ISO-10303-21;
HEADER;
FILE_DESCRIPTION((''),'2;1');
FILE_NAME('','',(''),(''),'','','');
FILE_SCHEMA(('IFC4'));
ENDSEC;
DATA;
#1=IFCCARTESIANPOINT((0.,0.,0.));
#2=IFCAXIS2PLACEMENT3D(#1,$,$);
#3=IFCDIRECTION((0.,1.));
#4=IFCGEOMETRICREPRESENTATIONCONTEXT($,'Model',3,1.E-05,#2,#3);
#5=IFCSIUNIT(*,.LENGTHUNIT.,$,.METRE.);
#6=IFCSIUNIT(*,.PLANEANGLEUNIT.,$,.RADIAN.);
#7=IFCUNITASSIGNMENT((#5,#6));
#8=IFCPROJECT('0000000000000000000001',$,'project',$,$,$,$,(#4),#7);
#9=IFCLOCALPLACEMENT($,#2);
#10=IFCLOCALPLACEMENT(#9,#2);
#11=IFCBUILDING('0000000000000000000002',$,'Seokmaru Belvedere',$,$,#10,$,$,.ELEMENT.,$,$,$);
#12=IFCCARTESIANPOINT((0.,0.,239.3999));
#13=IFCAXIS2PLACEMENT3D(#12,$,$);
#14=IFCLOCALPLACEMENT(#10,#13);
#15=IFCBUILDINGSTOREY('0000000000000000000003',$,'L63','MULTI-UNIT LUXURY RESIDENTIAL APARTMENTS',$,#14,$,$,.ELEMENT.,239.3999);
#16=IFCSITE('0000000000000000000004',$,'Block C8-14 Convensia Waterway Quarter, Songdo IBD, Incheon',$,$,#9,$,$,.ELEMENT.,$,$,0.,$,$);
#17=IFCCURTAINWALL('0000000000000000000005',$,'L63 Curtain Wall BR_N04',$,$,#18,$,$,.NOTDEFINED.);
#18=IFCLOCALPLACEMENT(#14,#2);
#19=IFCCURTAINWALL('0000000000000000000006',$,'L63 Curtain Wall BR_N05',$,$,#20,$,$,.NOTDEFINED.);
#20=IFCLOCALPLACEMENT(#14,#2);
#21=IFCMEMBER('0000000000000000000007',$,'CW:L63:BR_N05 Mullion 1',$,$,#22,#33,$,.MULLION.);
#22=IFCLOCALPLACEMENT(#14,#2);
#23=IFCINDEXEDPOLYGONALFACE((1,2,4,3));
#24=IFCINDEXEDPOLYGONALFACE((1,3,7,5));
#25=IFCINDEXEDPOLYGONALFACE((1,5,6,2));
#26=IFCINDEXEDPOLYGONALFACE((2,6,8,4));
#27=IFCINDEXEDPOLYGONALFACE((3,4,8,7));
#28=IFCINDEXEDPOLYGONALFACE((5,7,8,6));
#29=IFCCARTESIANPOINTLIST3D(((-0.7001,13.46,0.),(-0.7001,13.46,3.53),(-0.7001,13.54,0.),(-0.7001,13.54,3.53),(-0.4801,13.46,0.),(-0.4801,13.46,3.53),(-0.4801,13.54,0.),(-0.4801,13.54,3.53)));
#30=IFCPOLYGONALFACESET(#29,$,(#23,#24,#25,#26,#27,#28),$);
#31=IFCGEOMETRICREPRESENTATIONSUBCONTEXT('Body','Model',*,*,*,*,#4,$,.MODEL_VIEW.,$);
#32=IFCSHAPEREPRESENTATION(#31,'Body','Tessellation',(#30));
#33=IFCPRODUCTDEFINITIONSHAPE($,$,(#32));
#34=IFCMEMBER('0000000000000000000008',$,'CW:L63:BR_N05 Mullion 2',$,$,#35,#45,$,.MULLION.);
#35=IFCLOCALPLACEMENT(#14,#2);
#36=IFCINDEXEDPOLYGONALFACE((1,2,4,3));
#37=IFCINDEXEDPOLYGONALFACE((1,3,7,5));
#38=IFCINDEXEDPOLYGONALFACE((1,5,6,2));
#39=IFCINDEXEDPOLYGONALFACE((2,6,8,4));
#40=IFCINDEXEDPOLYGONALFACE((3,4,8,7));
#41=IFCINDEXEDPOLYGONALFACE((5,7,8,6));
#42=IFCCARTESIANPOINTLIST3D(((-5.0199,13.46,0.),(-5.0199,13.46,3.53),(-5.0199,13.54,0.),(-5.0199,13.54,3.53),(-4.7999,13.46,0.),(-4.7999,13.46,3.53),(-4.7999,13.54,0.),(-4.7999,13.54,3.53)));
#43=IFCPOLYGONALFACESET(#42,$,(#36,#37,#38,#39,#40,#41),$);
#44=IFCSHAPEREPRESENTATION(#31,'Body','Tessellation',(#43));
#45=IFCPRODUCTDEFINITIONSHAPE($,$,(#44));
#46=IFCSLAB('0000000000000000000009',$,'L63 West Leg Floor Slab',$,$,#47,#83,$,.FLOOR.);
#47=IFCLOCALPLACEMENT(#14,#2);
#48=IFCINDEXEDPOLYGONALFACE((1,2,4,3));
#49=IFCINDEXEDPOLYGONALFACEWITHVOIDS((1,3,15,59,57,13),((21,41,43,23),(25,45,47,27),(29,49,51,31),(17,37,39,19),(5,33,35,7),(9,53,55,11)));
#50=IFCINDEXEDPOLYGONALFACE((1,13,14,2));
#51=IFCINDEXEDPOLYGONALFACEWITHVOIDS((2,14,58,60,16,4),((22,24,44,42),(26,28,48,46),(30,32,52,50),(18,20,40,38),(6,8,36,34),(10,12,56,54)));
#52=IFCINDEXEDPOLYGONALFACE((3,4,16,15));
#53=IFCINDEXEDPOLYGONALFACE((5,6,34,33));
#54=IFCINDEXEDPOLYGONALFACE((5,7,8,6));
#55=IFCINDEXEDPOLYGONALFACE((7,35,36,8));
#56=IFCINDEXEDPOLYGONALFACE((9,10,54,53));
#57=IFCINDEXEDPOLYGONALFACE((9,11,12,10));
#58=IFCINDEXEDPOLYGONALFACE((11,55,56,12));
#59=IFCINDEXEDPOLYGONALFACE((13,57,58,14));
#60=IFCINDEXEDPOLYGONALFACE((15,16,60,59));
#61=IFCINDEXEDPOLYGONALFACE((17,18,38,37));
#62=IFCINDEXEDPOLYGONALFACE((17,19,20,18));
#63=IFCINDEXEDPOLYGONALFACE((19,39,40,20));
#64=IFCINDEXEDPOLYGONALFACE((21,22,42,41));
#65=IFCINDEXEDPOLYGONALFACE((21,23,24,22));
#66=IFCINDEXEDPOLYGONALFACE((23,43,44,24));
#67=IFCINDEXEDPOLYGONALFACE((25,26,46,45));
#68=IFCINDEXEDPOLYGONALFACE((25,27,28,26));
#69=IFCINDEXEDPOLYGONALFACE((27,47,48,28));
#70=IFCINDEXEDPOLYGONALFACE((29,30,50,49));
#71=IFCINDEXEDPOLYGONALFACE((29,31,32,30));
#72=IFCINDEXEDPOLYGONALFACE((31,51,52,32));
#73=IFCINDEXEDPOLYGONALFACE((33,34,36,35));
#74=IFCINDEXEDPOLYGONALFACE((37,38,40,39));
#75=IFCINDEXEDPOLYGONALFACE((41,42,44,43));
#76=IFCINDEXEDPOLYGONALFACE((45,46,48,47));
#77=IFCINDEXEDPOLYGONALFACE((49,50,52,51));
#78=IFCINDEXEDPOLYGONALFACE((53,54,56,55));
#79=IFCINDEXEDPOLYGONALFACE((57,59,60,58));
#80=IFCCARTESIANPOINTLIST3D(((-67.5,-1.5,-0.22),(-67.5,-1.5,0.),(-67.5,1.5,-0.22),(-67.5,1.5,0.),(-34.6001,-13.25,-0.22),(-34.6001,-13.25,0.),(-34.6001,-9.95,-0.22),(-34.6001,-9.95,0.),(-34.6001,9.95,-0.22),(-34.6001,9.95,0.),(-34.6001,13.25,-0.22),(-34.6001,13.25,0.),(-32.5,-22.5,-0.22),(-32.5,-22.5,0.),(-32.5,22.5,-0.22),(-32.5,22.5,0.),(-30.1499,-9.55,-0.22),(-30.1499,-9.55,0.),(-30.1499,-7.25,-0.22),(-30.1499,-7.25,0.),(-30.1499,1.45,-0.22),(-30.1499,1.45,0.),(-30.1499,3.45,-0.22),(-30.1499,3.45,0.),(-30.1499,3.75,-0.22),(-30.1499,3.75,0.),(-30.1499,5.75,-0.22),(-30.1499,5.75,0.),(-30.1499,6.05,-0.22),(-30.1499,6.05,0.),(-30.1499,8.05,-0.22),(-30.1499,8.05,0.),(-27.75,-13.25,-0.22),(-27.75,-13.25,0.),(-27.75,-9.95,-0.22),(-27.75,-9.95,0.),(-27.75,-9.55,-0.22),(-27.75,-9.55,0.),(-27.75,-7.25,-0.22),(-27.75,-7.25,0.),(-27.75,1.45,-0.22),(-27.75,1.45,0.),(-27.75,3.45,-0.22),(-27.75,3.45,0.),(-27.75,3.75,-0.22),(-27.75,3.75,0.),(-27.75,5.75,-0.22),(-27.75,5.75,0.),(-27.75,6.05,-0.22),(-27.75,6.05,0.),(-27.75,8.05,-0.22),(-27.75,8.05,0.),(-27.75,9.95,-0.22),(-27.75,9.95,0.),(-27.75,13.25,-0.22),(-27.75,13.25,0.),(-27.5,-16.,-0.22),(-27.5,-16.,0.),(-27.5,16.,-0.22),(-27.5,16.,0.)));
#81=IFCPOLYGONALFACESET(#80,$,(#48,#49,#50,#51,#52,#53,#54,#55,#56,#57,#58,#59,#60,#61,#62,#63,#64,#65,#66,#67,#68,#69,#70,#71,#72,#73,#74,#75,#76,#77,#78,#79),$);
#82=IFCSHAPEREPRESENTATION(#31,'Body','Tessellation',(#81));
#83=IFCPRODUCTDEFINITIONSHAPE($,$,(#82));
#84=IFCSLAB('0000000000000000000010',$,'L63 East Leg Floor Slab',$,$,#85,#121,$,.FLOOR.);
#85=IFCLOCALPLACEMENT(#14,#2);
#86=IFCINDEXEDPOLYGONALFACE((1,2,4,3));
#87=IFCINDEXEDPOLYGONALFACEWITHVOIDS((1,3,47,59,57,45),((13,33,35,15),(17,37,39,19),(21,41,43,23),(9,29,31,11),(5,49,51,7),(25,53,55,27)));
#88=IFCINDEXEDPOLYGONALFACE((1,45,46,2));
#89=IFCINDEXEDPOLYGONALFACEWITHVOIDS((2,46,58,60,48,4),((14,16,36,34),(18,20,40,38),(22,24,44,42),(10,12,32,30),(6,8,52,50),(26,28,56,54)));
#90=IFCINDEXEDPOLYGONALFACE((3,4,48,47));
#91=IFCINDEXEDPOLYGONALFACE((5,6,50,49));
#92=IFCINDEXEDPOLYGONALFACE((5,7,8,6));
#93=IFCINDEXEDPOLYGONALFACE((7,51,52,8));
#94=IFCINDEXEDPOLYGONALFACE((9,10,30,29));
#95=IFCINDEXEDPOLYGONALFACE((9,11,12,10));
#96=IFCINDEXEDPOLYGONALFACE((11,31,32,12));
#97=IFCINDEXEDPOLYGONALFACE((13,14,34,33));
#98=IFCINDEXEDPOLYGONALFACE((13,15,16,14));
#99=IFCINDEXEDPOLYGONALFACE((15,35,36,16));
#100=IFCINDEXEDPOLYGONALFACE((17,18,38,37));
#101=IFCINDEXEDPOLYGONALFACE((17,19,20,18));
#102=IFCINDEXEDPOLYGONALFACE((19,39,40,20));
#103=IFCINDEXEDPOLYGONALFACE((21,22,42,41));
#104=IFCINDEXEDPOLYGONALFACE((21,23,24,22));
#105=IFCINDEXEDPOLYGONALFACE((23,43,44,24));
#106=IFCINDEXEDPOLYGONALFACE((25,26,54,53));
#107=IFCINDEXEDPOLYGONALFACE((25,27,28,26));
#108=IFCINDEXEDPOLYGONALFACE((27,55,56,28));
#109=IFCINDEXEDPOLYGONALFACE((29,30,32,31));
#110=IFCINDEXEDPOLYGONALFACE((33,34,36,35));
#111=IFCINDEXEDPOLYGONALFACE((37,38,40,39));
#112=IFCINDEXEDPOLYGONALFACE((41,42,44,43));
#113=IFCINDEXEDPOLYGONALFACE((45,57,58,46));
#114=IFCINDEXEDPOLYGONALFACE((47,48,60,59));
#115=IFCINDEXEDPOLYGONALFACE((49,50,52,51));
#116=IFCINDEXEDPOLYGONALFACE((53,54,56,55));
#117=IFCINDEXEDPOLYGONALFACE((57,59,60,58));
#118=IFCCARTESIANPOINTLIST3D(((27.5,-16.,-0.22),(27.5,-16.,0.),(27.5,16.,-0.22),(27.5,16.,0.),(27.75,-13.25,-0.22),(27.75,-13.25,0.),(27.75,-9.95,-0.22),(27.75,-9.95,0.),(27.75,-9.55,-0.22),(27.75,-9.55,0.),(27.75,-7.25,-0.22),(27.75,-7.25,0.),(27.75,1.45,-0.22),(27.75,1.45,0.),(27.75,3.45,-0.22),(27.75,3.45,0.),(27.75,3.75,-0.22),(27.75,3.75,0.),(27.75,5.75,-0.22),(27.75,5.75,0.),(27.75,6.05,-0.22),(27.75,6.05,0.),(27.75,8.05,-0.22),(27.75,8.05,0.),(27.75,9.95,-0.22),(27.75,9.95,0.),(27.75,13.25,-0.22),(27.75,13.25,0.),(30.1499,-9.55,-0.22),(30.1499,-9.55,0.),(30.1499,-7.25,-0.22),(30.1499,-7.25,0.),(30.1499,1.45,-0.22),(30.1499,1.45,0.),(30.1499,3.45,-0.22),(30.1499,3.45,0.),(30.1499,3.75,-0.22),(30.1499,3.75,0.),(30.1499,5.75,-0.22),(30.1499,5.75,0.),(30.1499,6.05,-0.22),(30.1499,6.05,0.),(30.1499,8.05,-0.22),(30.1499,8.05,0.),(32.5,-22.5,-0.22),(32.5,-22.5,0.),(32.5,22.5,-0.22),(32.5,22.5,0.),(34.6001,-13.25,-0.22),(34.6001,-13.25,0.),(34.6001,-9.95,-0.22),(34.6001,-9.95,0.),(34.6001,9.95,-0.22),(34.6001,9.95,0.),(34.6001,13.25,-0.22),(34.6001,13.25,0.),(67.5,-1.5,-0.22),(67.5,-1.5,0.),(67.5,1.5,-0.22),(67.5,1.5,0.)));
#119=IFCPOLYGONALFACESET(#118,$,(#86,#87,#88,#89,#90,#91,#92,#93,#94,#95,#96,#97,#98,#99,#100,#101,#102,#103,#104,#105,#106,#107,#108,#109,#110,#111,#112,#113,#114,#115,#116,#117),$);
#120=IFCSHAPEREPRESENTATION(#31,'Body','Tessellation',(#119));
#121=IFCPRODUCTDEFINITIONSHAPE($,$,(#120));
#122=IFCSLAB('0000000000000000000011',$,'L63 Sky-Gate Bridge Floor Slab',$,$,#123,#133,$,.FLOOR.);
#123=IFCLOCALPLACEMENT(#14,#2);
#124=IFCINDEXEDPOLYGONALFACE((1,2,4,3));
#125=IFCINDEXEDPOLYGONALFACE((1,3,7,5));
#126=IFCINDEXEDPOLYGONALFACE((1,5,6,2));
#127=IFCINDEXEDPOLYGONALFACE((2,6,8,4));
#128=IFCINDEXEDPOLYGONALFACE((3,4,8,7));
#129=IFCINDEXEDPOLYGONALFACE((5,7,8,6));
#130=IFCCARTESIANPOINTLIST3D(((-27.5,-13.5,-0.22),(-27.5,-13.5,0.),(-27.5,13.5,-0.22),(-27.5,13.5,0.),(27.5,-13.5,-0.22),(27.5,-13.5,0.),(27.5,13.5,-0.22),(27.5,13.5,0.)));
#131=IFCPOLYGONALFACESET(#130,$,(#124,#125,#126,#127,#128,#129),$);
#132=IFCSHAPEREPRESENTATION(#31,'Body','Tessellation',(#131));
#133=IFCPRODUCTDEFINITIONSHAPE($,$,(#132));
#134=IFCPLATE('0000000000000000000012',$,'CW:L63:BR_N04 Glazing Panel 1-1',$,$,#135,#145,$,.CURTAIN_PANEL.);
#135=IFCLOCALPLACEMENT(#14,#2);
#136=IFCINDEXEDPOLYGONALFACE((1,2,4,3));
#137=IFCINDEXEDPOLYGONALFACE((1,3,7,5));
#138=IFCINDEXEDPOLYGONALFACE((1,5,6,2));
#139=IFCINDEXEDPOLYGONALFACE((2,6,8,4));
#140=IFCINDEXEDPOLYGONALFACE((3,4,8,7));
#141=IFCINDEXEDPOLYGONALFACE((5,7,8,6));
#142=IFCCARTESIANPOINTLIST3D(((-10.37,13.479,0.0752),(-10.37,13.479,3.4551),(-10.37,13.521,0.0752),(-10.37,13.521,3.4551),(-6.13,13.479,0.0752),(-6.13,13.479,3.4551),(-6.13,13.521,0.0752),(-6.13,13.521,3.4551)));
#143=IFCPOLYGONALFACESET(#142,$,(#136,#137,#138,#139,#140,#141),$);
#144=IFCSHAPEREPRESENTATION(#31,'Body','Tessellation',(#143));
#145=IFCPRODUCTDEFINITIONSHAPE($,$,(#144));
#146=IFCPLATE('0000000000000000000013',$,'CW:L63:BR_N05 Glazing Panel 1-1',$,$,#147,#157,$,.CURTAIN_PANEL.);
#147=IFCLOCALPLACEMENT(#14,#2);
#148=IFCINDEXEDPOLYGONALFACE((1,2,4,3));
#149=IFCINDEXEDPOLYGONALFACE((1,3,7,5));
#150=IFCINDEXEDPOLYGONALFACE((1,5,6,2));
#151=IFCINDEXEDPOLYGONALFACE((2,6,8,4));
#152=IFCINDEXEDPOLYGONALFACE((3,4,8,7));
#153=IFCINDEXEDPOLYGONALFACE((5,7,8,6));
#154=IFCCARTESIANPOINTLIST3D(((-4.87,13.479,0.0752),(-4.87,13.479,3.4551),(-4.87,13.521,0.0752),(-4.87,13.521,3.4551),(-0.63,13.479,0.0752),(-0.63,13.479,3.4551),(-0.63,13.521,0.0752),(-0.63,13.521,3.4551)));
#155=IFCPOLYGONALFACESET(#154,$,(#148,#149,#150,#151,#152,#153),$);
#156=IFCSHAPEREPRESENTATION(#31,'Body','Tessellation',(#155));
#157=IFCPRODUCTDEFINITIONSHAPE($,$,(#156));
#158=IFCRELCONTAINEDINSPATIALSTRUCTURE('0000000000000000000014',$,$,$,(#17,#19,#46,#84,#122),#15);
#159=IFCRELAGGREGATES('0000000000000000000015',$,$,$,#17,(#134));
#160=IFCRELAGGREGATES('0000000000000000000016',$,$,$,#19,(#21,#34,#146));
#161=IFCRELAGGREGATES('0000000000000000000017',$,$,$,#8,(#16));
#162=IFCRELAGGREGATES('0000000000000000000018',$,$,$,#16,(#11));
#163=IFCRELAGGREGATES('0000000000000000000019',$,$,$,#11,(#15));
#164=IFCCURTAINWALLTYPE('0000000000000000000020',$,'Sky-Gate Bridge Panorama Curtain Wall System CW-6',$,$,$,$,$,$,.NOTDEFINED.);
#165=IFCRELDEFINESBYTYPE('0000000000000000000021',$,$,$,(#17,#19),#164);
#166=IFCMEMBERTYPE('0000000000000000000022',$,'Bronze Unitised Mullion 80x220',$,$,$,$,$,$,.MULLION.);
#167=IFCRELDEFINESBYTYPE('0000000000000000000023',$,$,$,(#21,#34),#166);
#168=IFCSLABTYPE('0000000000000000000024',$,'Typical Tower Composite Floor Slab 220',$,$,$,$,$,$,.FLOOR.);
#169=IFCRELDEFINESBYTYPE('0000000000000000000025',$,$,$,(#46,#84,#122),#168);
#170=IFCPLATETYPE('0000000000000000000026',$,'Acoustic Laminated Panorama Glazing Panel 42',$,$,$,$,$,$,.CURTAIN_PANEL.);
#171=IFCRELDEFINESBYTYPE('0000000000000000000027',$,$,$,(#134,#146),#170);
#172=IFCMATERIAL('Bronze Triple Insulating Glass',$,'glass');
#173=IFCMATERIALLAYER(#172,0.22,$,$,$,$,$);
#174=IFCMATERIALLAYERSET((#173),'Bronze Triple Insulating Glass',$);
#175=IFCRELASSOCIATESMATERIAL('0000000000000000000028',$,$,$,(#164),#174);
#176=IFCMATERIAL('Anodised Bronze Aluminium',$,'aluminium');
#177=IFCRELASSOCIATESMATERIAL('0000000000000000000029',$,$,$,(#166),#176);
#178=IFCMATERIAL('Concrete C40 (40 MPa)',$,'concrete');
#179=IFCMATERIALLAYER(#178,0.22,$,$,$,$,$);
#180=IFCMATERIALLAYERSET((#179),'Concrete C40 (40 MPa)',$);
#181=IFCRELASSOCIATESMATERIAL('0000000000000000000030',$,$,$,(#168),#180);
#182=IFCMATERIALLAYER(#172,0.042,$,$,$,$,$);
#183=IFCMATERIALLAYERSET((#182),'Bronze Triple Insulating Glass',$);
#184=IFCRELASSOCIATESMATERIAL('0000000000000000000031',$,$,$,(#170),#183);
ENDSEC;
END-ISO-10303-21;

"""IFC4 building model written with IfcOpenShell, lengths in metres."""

from ifc_helpers import new_model, si_unit, direction, frame, origin, origin_2d, place, context, subcontext, project, spatial, polyline, rectangle, outline, extrude, source, transform, mapped, material, layer, layer_set, material_profile, profile_set, type_object, type_shapes, element, aggregate, save


model = new_model("IFC4")

# Units and contexts
model_context = context("Model", 3, precision=1e-05, world=origin(), true_north=direction((0.0, 1.0)))
body_context = subcontext(model_context, "Body", "Model", "MODEL_VIEW")
ifc_project = project(units=[si_unit("LENGTHUNIT", "METRE"), si_unit("PLANEANGLEUNIT", "RADIAN")], contexts=[model_context])

# Site, building, storey
site_placement = place(None, origin())
site = spatial("IfcSite", under=ifc_project, at=site_placement, Name="Block C8-14 Convensia Waterway Quarter, Songdo IBD, Incheon", CompositionType="ELEMENT", RefElevation=0.0)
building_placement = place(site_placement, origin())
building = spatial("IfcBuilding", under=site, at=building_placement, Name="Seokmaru Belvedere", CompositionType="ELEMENT")
storey_placement = place(building_placement, frame((0.0, 0.0, 239.3999)))
storey = spatial("IfcBuildingStorey", under=building, at=storey_placement, Name="L63", Description="MULTI-UNIT LUXURY RESIDENTIAL APARTMENTS", CompositionType="ELEMENT", Elevation=239.3999)

# Curtain walls
ifc_material_1 = material(Name="Bronze Triple Insulating Glass", Category="glass")
ifc_layer_1 = layer(ifc_material_1, 0.22)
ifc_layer_set_1 = layer_set([ifc_layer_1], Name="Bronze Triple Insulating Glass")
curtain_wall_type = type_object("IfcCurtainWallType", Name="Sky-Gate Bridge Panorama Curtain Wall System CW-6", PredefinedType="NOTDEFINED", material=ifc_layer_set_1)
curtain_wall_1_placement = place(storey_placement, origin())
curtain_wall_1 = element("IfcCurtainWall", 1, at=curtain_wall_1_placement, inside=storey, type_object=curtain_wall_type, Name="L63 Curtain Wall BR_N04", PredefinedType="NOTDEFINED")
ifc_material_2 = material(Name="Anodised Bronze Aluminium", Category="aluminium")
curtain_wall_2_placement = place(storey_placement, origin())
curtain_wall_2 = element("IfcCurtainWall", 2, at=curtain_wall_2_placement, inside=storey, type_object=curtain_wall_type, Name="L63 Curtain Wall BR_N05", PredefinedType="NOTDEFINED")

# Members
ifc_material_profile_1 = material_profile(ifc_material_2, rectangle(XDim=0.0801, YDim=0.22, at=origin_2d()), Name="CW-M-80x220")
ifc_profile_set_1 = profile_set([ifc_material_profile_1], Name="Anodised Bronze Aluminium")
member_type_1 = type_object("IfcMemberType", Name="Bronze Unitised Mullion 80x220", PredefinedType="MULLION", material=ifc_profile_set_1)
shared_shape_1 = source(origin(), body_context, "Body", "SweptSolid", [
    extrude(rectangle(XDim=0.0801, YDim=0.22, at=origin_2d()), origin(), (0.0, 0.0, 1.0), 3.53),
])
type_shapes(member_type_1, [shared_shape_1])
member_1_placement = place(storey_placement, frame((-0.5901, 13.5, 0.0), z_axis=(0.0, 0.0, 1.0), x_axis=(0.0, -1.0, 0.0)))
member_1 = element("IfcMember", 3, at=member_1_placement, type_object=member_type_1, Name="CW:L63:BR_N05 Mullion 1", PredefinedType="MULLION", context=body_context, shape_type="MappedRepresentation", body=[
    mapped(shared_shape_1, transform((0.0, 0.0, 0.0), scale=1.0)),
])
member_2_placement = place(storey_placement, frame((-4.9099, 13.5, 0.0), z_axis=(0.0, 0.0, 1.0), x_axis=(0.0, -1.0, 0.0)))
member_2 = element("IfcMember", 4, at=member_2_placement, type_object=member_type_1, Name="CW:L63:BR_N05 Mullion 2", PredefinedType="MULLION", context=body_context, shape_type="MappedRepresentation", body=[
    mapped(shared_shape_1, transform((0.0, 0.0, 0.0), scale=1.0)),
])

# Slabs
ifc_material_3 = material(Name="Concrete C40 (40 MPa)", Category="concrete")
ifc_layer_2 = layer(ifc_material_3, 0.22)
ifc_layer_set_2 = layer_set([ifc_layer_2], Name="Concrete C40 (40 MPa)")
slab_type = type_object("IfcSlabType", Name="Typical Tower Composite Floor Slab 220", PredefinedType="FLOOR", material=ifc_layer_set_2)
slab_1_placement = place(storey_placement, frame((0.0, 0.0, -0.22)))
element("IfcSlab", 5, at=slab_1_placement, inside=storey, type_object=slab_type, Name="L63 West Leg Floor Slab", PredefinedType="FLOOR", context=body_context, shape_type="SweptSolid", body=[
    extrude(outline(polyline([(-27.5, -16.0), (-27.5, 16.0), (-32.5, 22.5), (-67.5, 1.5), (-67.5, -1.5), (-32.5, -22.5), (-27.5, -16.0)]), holes=[polyline([(-34.6001, -13.25), (-27.75, -13.25), (-27.75, -9.95), (-34.6001, -9.95), (-34.6001, -13.25)]), polyline([(-34.6001, 9.95), (-27.75, 9.95), (-27.75, 13.25), (-34.6001, 13.25), (-34.6001, 9.95)]), polyline([(-30.1499, -9.55), (-27.75, -9.55), (-27.75, -7.25), (-30.1499, -7.25), (-30.1499, -9.55)]), polyline([(-30.1499, 1.45), (-27.75, 1.45), (-27.75, 3.45), (-30.1499, 3.45), (-30.1499, 1.45)]), polyline([(-30.1499, 3.75), (-27.75, 3.75), (-27.75, 5.75), (-30.1499, 5.75), (-30.1499, 3.75)]), polyline([(-30.1499, 6.05), (-27.75, 6.05), (-27.75, 8.05), (-30.1499, 8.05), (-30.1499, 6.05)])]), origin(), (0.0, 0.0, 1.0), 0.22),
])
slab_2_placement = place(storey_placement, frame((0.0, 0.0, -0.22)))
element("IfcSlab", 6, at=slab_2_placement, inside=storey, type_object=slab_type, Name="L63 East Leg Floor Slab", PredefinedType="FLOOR", context=body_context, shape_type="SweptSolid", body=[
    extrude(outline(polyline([(32.5, -22.5), (67.5, -1.5), (67.5, 1.5), (32.5, 22.5), (27.5, 16.0), (27.5, -16.0), (32.5, -22.5)]), holes=[polyline([(27.75, -13.25), (34.6001, -13.25), (34.6001, -9.95), (27.75, -9.95), (27.75, -13.25)]), polyline([(27.75, 9.95), (34.6001, 9.95), (34.6001, 13.25), (27.75, 13.25), (27.75, 9.95)]), polyline([(27.75, -9.55), (30.1499, -9.55), (30.1499, -7.25), (27.75, -7.25), (27.75, -9.55)]), polyline([(27.75, 1.45), (30.1499, 1.45), (30.1499, 3.45), (27.75, 3.45), (27.75, 1.45)]), polyline([(27.75, 3.75), (30.1499, 3.75), (30.1499, 5.75), (27.75, 5.75), (27.75, 3.75)]), polyline([(27.75, 6.05), (30.1499, 6.05), (30.1499, 8.05), (27.75, 8.05), (27.75, 6.05)])]), origin(), (0.0, 0.0, 1.0), 0.22),
])
slab_3_placement = place(storey_placement, frame((0.0, 0.0, -0.22)))
element("IfcSlab", 7, at=slab_3_placement, inside=storey, type_object=slab_type, Name="L63 Sky-Gate Bridge Floor Slab", PredefinedType="FLOOR", context=body_context, shape_type="SweptSolid", body=[
    extrude(outline(polyline([(-27.5, -13.5), (27.5, -13.5), (27.5, 13.5), (-27.5, 13.5), (-27.5, -13.5)])), origin(), (0.0, 0.0, 1.0), 0.22),
])

# Plates
ifc_layer_3 = layer(ifc_material_1, 0.042)
ifc_layer_set_3 = layer_set([ifc_layer_3], Name="Bronze Triple Insulating Glass")
plate_type = type_object("IfcPlateType", Name="Acoustic Laminated Panorama Glazing Panel 42", PredefinedType="CURTAIN_PANEL", material=ifc_layer_set_3)
shared_shape_2 = source(origin(), body_context, "Body", "SweptSolid", [
    extrude(rectangle(XDim=4.24, YDim=0.042, at=origin_2d()), origin(), (0.0, 0.0, 1.0), 3.3799),
])
type_shapes(plate_type, [shared_shape_2])
plate_1_placement = place(storey_placement, frame((-8.25, 13.5, 0.0752), z_axis=(0.0, 0.0, 1.0), x_axis=(-1.0, 0.0, 0.0)))
plate_1 = element("IfcPlate", 8, at=plate_1_placement, type_object=plate_type, Name="CW:L63:BR_N04 Glazing Panel 1-1", PredefinedType="CURTAIN_PANEL", context=body_context, shape_type="MappedRepresentation", body=[
    mapped(shared_shape_2, transform((0.0, 0.0, 0.0), scale=1.0)),
])
aggregate(curtain_wall_1, [plate_1])
plate_2_placement = place(storey_placement, frame((-2.75, 13.5, 0.0752), z_axis=(0.0, 0.0, 1.0), x_axis=(-1.0, 0.0, 0.0)))
plate_2 = element("IfcPlate", 9, at=plate_2_placement, type_object=plate_type, Name="CW:L63:BR_N05 Glazing Panel 1-1", PredefinedType="CURTAIN_PANEL", context=body_context, shape_type="MappedRepresentation", body=[
    mapped(shared_shape_2, transform((0.0, 0.0, 0.0), scale=1.0)),
])
aggregate(curtain_wall_2, [member_1, member_2, plate_2])

save(model, "model.ifc")
